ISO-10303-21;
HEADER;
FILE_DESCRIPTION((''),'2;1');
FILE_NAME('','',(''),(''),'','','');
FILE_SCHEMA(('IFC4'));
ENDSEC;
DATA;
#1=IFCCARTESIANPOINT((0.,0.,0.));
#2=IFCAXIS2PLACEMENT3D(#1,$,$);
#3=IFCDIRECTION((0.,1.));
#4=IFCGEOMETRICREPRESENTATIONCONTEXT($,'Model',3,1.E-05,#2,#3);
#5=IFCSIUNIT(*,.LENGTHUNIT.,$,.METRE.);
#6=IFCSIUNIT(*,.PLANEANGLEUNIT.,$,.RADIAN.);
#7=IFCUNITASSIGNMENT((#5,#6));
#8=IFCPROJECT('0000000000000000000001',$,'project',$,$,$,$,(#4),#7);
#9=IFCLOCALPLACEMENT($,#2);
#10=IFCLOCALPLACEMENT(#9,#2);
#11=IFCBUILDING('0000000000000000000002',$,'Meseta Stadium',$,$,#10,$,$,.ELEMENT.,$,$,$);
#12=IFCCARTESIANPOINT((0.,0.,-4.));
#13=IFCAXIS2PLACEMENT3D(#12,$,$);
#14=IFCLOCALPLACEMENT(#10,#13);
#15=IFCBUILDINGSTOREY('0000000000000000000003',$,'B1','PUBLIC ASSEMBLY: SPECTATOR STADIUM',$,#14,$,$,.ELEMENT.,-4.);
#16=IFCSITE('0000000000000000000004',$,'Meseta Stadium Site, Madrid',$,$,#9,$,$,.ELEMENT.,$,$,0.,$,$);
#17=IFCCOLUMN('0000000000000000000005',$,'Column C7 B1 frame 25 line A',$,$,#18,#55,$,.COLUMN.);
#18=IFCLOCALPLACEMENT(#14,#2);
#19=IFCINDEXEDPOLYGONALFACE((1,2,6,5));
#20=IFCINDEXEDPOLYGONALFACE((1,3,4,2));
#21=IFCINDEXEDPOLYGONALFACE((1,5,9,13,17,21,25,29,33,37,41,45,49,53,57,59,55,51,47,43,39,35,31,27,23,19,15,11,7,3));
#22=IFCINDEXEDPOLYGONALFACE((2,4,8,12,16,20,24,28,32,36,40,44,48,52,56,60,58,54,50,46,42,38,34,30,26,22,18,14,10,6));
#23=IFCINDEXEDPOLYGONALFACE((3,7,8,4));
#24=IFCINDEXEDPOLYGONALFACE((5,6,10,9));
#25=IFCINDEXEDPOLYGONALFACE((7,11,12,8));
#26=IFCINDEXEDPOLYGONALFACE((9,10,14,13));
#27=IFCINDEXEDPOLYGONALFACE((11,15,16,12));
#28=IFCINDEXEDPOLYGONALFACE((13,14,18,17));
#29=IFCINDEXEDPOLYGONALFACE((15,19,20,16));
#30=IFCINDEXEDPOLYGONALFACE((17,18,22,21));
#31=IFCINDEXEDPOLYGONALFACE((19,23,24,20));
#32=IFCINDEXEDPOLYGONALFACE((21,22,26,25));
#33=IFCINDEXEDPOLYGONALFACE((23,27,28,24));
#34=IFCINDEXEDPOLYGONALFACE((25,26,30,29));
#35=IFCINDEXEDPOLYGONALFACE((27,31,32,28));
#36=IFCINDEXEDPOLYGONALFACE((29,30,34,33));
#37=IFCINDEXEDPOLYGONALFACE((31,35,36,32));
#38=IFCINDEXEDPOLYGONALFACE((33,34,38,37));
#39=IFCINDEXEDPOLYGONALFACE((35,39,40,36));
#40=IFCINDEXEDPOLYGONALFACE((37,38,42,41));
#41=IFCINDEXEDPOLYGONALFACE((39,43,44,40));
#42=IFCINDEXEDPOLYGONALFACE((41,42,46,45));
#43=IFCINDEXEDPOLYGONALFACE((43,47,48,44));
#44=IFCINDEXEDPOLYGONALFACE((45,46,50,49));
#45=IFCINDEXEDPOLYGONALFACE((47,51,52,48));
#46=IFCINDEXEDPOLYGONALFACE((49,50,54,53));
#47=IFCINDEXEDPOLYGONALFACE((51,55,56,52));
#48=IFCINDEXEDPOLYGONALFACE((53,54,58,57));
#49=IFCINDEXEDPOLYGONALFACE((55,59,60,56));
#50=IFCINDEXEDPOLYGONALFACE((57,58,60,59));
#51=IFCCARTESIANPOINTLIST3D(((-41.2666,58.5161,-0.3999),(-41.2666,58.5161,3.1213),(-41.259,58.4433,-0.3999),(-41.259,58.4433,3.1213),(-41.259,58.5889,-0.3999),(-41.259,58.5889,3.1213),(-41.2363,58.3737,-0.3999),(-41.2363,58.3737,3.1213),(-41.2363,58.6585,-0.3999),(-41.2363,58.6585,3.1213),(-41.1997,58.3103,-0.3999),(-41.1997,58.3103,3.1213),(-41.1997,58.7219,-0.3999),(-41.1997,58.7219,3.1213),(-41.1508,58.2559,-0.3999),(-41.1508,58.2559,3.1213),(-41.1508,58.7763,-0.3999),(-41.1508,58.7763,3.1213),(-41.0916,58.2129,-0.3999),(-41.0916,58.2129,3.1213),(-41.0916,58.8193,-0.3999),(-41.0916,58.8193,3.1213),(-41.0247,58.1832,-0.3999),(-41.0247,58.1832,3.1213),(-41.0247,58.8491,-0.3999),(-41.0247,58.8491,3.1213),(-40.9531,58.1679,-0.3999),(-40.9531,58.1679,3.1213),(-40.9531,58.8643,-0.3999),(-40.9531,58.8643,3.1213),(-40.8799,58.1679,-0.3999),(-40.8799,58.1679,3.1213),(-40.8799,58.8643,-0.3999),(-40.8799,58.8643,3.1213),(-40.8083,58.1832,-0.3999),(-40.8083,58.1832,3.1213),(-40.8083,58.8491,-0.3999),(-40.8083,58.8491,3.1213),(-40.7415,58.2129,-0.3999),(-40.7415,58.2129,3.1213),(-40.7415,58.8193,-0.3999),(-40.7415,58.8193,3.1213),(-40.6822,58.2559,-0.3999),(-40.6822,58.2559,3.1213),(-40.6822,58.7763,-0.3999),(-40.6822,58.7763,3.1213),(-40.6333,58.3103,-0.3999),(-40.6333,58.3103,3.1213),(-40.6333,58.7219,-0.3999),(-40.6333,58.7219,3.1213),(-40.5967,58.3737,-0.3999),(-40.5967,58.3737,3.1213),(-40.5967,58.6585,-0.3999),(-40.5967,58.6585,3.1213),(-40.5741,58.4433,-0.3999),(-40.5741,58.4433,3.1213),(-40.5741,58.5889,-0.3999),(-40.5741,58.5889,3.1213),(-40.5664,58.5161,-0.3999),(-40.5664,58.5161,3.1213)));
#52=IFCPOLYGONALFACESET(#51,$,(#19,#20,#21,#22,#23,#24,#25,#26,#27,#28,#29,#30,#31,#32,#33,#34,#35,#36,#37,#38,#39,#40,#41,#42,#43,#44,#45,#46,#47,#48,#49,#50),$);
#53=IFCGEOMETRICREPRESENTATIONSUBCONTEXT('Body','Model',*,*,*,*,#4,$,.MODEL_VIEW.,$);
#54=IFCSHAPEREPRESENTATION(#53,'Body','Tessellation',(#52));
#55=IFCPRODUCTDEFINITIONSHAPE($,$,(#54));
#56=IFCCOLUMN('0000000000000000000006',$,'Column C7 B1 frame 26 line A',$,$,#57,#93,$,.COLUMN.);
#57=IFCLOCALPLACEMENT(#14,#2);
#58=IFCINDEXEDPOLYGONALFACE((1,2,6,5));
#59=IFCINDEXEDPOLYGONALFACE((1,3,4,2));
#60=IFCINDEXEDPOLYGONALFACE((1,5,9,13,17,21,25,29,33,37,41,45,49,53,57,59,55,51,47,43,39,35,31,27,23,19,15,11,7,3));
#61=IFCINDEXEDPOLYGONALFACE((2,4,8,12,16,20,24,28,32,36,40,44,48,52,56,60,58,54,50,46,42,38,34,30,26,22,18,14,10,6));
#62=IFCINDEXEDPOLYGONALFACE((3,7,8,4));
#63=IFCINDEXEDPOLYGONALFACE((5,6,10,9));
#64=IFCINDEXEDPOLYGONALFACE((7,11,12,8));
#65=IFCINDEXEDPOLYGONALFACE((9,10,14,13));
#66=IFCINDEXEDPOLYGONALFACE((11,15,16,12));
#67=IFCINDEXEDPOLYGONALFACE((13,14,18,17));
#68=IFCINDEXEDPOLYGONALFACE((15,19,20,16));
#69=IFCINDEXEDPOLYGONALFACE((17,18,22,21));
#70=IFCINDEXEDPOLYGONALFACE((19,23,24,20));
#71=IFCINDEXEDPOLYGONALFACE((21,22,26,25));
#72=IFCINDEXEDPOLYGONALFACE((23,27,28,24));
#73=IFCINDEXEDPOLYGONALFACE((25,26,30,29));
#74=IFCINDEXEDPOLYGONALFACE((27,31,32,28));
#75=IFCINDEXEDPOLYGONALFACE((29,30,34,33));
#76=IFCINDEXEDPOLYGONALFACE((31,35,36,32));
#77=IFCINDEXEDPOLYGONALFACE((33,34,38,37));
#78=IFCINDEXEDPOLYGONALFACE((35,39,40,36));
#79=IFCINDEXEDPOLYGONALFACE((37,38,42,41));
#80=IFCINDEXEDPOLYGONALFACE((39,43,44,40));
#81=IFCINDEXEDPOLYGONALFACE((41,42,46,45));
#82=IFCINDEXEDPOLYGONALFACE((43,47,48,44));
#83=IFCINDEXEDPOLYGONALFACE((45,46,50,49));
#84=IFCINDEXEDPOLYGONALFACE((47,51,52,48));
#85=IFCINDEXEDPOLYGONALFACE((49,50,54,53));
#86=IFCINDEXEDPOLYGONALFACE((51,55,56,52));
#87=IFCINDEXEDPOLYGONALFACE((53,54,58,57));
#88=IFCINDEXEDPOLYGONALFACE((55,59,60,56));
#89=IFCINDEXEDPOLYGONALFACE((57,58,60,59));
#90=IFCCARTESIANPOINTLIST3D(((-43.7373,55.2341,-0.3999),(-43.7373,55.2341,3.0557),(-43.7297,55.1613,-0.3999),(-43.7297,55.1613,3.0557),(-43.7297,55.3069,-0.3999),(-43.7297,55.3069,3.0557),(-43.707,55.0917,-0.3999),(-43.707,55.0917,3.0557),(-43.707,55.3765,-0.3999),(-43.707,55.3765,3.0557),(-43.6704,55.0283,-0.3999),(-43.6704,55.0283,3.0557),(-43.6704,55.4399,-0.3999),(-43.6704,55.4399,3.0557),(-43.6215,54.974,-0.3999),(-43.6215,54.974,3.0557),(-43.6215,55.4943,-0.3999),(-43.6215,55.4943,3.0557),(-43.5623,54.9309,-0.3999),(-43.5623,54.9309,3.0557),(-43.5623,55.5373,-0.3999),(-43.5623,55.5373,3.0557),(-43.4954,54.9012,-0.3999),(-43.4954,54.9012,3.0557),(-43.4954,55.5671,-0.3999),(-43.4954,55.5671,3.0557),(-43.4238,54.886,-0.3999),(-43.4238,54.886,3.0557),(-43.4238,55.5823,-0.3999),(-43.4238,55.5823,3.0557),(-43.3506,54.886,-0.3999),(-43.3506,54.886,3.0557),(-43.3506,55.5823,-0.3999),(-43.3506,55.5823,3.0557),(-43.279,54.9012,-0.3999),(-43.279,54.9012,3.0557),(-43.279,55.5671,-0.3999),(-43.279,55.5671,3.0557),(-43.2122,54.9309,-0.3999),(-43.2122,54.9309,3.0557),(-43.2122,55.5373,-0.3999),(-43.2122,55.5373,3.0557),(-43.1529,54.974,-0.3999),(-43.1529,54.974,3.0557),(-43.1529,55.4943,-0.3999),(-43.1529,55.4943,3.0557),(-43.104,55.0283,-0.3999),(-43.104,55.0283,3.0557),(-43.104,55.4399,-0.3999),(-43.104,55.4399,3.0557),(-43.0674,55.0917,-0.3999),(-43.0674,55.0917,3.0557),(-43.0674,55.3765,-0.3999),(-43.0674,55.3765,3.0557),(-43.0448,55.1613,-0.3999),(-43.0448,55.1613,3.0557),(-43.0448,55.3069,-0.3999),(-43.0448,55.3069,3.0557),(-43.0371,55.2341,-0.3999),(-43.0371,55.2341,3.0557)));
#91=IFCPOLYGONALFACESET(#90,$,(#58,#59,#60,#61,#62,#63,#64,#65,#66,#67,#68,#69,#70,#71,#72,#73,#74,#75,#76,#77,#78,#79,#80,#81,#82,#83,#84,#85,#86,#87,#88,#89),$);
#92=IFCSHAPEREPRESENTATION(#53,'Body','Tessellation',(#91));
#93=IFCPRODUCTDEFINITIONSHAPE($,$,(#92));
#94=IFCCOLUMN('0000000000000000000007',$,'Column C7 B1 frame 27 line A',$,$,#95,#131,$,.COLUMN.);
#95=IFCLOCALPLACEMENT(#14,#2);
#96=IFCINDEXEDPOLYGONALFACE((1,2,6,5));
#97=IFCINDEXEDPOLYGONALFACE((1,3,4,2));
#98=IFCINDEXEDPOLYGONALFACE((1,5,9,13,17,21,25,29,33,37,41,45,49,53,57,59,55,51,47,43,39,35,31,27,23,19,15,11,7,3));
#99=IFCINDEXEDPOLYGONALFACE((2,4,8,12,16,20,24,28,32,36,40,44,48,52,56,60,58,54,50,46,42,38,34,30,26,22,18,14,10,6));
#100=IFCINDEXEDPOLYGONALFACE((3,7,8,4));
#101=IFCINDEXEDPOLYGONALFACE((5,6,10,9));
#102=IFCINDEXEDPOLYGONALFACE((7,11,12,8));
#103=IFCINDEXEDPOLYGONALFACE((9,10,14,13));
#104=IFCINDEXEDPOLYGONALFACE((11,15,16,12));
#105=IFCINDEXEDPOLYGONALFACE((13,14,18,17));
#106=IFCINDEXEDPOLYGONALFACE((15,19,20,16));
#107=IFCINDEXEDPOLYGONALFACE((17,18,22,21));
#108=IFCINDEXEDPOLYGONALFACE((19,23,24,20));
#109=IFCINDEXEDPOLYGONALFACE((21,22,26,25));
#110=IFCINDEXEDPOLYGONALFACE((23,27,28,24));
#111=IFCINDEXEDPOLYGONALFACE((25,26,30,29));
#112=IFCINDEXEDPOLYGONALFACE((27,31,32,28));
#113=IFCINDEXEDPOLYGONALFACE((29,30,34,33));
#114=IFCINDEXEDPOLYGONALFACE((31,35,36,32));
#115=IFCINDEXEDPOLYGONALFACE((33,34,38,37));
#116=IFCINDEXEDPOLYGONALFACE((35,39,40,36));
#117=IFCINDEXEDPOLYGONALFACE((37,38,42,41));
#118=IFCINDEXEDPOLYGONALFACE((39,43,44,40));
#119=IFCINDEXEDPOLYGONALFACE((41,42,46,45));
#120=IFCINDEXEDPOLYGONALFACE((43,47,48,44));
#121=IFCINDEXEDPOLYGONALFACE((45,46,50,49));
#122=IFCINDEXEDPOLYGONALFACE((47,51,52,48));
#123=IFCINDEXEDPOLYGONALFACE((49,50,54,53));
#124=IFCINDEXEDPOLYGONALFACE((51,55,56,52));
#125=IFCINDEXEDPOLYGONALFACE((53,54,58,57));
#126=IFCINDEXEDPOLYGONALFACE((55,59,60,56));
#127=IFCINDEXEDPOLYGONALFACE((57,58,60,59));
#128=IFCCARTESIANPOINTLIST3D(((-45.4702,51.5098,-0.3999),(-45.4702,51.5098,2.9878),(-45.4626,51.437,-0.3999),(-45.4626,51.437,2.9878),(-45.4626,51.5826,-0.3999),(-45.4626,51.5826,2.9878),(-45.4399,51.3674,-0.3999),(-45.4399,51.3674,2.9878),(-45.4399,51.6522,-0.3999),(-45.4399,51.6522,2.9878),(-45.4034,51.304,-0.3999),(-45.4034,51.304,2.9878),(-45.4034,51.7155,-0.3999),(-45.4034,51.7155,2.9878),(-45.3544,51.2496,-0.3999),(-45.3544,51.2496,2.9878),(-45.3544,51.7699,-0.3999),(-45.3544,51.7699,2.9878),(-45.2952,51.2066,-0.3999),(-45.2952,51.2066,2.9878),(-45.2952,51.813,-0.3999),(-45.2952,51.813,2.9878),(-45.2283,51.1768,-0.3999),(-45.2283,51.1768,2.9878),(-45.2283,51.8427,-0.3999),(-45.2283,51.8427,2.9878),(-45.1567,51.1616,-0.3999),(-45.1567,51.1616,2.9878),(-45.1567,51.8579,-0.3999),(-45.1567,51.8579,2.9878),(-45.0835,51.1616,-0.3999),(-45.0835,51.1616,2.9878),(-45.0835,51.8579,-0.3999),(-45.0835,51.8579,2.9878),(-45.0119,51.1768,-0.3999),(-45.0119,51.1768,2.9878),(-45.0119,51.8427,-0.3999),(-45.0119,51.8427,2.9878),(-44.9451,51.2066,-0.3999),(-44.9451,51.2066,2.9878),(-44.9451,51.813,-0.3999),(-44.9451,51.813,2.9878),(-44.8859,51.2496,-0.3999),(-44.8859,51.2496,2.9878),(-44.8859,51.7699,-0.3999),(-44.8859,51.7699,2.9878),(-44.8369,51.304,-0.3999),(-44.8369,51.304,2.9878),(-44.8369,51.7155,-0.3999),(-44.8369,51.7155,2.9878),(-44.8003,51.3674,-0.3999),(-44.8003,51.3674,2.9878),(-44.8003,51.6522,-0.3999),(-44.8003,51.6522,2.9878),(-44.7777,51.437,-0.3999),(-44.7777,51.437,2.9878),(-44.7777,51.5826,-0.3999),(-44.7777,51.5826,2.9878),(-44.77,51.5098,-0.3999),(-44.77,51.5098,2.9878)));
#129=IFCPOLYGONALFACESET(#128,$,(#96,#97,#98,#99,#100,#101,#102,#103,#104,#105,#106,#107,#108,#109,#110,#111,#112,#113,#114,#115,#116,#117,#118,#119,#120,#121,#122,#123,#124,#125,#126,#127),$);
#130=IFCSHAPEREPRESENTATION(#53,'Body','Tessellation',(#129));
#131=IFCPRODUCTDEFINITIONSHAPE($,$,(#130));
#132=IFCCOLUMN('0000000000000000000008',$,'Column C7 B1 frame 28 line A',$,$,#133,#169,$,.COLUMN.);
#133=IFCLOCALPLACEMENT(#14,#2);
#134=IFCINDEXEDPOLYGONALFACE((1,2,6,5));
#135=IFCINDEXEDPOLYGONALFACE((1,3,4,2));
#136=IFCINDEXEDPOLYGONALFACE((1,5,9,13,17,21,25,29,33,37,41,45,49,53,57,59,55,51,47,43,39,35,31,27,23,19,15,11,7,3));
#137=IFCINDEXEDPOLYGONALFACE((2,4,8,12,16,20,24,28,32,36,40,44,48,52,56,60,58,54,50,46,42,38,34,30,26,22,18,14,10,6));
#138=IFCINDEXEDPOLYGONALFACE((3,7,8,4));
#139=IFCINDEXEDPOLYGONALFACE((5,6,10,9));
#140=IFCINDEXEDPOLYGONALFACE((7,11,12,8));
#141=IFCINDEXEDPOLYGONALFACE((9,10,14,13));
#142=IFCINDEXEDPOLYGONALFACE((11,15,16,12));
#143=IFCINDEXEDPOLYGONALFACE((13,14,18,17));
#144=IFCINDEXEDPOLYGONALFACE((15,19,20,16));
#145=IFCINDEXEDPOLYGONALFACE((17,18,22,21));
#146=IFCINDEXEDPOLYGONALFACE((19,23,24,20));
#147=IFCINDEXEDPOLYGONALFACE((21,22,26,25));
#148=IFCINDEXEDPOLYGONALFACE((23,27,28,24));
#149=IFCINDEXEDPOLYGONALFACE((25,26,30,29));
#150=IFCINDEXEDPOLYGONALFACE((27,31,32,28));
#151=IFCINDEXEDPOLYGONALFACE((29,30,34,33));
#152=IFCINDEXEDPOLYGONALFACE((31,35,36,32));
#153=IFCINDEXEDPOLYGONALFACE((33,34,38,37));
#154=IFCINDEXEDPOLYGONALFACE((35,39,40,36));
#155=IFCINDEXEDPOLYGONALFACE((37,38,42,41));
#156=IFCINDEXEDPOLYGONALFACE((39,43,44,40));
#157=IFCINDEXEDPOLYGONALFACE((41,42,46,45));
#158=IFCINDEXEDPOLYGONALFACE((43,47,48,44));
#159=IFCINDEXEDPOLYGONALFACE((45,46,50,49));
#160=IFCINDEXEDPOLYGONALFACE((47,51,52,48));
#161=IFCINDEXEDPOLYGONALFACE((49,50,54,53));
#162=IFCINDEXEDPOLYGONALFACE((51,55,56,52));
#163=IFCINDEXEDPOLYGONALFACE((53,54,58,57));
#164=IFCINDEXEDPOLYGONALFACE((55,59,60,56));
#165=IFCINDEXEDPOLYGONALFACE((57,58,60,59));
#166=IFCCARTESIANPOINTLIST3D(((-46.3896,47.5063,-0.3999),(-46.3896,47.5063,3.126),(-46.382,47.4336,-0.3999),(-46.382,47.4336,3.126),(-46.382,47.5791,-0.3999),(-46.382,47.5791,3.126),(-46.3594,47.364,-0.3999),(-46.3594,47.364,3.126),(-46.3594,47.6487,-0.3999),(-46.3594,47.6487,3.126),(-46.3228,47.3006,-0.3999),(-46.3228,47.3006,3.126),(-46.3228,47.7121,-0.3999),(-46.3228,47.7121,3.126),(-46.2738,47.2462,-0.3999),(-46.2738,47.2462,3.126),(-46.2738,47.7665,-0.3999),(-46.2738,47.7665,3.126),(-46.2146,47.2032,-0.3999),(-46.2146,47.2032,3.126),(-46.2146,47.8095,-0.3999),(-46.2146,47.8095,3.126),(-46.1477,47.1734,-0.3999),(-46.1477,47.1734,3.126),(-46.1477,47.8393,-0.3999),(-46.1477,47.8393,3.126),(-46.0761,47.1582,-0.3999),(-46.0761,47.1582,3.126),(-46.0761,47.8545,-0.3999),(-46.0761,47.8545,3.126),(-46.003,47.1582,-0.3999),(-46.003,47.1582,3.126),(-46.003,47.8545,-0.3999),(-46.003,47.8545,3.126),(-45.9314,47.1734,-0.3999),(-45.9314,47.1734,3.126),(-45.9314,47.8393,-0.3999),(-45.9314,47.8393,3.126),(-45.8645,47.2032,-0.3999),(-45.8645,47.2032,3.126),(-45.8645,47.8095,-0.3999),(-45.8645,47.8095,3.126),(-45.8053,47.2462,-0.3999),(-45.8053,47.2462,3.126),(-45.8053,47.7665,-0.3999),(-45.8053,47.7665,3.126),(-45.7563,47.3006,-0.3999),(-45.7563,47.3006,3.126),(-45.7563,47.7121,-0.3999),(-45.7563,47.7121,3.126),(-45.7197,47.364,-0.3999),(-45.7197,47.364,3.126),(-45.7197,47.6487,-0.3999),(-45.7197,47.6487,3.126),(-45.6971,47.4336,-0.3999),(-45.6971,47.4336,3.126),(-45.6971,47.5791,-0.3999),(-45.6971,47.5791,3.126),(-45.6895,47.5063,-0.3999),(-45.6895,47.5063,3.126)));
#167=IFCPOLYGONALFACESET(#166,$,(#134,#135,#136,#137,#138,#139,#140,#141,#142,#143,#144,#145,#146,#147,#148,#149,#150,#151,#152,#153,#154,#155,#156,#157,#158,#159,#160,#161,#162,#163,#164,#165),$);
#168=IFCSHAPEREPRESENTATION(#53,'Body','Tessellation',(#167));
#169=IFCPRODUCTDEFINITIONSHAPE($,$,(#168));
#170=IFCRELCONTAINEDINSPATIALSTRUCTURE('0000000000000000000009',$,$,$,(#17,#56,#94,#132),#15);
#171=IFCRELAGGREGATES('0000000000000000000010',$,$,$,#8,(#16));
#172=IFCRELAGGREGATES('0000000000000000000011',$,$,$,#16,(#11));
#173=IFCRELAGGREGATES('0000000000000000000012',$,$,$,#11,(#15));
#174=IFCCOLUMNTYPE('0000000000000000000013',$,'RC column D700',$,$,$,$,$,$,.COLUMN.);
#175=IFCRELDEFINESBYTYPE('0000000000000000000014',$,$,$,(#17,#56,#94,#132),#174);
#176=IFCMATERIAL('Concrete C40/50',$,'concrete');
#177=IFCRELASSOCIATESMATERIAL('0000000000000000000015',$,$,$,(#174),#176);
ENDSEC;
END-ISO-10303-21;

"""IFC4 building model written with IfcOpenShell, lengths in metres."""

from ifc_helpers import new_model, si_unit, direction, frame, origin, origin_2d, place, context, subcontext, project, spatial, circle, extrude, material, material_profile, profile_set, type_object, element, save


model = new_model("IFC4")

# Units and contexts
model_context = context("Model", 3, precision=1e-05, world=origin(), true_north=direction((0.0, 1.0)))
body_context = subcontext(model_context, "Body", "Model", "MODEL_VIEW")
ifc_project = project(units=[si_unit("LENGTHUNIT", "METRE"), si_unit("PLANEANGLEUNIT", "RADIAN")], contexts=[model_context])

# Site, building, storey
site_placement = place(None, origin())
site = spatial("IfcSite", under=ifc_project, at=site_placement, Name="Meseta Stadium Site, Madrid", CompositionType="ELEMENT", RefElevation=0.0)
building_placement = place(site_placement, origin())
building = spatial("IfcBuilding", under=site, at=building_placement, Name="Meseta Stadium", CompositionType="ELEMENT")
storey_placement = place(building_placement, frame((0.0, 0.0, -4.0)))
storey = spatial("IfcBuildingStorey", under=building, at=storey_placement, Name="B1", Description="PUBLIC ASSEMBLY: SPECTATOR STADIUM", CompositionType="ELEMENT", Elevation=-4.0)

# Columns
ifc_material_1 = material(Name="Concrete C40/50", Category="concrete")
ifc_material_profile_1 = material_profile(ifc_material_1, circle(Radius=0.3501, at=origin_2d()), Name="RC D700")
ifc_profile_set_1 = profile_set([ifc_material_profile_1], Name="Concrete C40/50")
column_type_1 = type_object("IfcColumnType", Name="RC column D700", PredefinedType="COLUMN", material=ifc_profile_set_1)
column_1_placement = place(storey_placement, frame((-40.9165, 58.5161, -0.3999), z_axis=(0.0, 0.0, 1.0), x_axis=(1.0, 0.0, 0.0)))
element("IfcColumn", 1, at=column_1_placement, inside=storey, type_object=column_type_1, Name="Column C7 B1 frame 25 line A", PredefinedType="COLUMN", context=body_context, shape_type="SweptSolid", body=[
    extrude(circle(Radius=0.3501, at=origin_2d()), origin(), (0.0, 0.0, 1.0), 3.5212),
])
column_2_placement = place(storey_placement, frame((-43.3872, 55.2341, -0.3999), z_axis=(0.0, 0.0, 1.0), x_axis=(1.0, 0.0, 0.0)))
element("IfcColumn", 2, at=column_2_placement, inside=storey, type_object=column_type_1, Name="Column C7 B1 frame 26 line A", PredefinedType="COLUMN", context=body_context, shape_type="SweptSolid", body=[
    extrude(circle(Radius=0.3501, at=origin_2d()), origin(), (0.0, 0.0, 1.0), 3.4556),
])
column_3_placement = place(storey_placement, frame((-45.1201, 51.5098, -0.3999), z_axis=(0.0, 0.0, 1.0), x_axis=(1.0, 0.0, 0.0)))
element("IfcColumn", 3, at=column_3_placement, inside=storey, type_object=column_type_1, Name="Column C7 B1 frame 27 line A", PredefinedType="COLUMN", context=body_context, shape_type="SweptSolid", body=[
    extrude(circle(Radius=0.3501, at=origin_2d()), origin(), (0.0, 0.0, 1.0), 3.3877),
])
column_4_placement = place(storey_placement, frame((-46.0396, 47.5063, -0.3999), z_axis=(0.0, 0.0, 1.0), x_axis=(1.0, 0.0, 0.0)))
element("IfcColumn", 4, at=column_4_placement, inside=storey, type_object=column_type_1, Name="Column C7 B1 frame 28 line A", PredefinedType="COLUMN", context=body_context, shape_type="SweptSolid", body=[
    extrude(circle(Radius=0.3501, at=origin_2d()), origin(), (0.0, 0.0, 1.0), 3.5259),
])

save(model, "model.ifc")
